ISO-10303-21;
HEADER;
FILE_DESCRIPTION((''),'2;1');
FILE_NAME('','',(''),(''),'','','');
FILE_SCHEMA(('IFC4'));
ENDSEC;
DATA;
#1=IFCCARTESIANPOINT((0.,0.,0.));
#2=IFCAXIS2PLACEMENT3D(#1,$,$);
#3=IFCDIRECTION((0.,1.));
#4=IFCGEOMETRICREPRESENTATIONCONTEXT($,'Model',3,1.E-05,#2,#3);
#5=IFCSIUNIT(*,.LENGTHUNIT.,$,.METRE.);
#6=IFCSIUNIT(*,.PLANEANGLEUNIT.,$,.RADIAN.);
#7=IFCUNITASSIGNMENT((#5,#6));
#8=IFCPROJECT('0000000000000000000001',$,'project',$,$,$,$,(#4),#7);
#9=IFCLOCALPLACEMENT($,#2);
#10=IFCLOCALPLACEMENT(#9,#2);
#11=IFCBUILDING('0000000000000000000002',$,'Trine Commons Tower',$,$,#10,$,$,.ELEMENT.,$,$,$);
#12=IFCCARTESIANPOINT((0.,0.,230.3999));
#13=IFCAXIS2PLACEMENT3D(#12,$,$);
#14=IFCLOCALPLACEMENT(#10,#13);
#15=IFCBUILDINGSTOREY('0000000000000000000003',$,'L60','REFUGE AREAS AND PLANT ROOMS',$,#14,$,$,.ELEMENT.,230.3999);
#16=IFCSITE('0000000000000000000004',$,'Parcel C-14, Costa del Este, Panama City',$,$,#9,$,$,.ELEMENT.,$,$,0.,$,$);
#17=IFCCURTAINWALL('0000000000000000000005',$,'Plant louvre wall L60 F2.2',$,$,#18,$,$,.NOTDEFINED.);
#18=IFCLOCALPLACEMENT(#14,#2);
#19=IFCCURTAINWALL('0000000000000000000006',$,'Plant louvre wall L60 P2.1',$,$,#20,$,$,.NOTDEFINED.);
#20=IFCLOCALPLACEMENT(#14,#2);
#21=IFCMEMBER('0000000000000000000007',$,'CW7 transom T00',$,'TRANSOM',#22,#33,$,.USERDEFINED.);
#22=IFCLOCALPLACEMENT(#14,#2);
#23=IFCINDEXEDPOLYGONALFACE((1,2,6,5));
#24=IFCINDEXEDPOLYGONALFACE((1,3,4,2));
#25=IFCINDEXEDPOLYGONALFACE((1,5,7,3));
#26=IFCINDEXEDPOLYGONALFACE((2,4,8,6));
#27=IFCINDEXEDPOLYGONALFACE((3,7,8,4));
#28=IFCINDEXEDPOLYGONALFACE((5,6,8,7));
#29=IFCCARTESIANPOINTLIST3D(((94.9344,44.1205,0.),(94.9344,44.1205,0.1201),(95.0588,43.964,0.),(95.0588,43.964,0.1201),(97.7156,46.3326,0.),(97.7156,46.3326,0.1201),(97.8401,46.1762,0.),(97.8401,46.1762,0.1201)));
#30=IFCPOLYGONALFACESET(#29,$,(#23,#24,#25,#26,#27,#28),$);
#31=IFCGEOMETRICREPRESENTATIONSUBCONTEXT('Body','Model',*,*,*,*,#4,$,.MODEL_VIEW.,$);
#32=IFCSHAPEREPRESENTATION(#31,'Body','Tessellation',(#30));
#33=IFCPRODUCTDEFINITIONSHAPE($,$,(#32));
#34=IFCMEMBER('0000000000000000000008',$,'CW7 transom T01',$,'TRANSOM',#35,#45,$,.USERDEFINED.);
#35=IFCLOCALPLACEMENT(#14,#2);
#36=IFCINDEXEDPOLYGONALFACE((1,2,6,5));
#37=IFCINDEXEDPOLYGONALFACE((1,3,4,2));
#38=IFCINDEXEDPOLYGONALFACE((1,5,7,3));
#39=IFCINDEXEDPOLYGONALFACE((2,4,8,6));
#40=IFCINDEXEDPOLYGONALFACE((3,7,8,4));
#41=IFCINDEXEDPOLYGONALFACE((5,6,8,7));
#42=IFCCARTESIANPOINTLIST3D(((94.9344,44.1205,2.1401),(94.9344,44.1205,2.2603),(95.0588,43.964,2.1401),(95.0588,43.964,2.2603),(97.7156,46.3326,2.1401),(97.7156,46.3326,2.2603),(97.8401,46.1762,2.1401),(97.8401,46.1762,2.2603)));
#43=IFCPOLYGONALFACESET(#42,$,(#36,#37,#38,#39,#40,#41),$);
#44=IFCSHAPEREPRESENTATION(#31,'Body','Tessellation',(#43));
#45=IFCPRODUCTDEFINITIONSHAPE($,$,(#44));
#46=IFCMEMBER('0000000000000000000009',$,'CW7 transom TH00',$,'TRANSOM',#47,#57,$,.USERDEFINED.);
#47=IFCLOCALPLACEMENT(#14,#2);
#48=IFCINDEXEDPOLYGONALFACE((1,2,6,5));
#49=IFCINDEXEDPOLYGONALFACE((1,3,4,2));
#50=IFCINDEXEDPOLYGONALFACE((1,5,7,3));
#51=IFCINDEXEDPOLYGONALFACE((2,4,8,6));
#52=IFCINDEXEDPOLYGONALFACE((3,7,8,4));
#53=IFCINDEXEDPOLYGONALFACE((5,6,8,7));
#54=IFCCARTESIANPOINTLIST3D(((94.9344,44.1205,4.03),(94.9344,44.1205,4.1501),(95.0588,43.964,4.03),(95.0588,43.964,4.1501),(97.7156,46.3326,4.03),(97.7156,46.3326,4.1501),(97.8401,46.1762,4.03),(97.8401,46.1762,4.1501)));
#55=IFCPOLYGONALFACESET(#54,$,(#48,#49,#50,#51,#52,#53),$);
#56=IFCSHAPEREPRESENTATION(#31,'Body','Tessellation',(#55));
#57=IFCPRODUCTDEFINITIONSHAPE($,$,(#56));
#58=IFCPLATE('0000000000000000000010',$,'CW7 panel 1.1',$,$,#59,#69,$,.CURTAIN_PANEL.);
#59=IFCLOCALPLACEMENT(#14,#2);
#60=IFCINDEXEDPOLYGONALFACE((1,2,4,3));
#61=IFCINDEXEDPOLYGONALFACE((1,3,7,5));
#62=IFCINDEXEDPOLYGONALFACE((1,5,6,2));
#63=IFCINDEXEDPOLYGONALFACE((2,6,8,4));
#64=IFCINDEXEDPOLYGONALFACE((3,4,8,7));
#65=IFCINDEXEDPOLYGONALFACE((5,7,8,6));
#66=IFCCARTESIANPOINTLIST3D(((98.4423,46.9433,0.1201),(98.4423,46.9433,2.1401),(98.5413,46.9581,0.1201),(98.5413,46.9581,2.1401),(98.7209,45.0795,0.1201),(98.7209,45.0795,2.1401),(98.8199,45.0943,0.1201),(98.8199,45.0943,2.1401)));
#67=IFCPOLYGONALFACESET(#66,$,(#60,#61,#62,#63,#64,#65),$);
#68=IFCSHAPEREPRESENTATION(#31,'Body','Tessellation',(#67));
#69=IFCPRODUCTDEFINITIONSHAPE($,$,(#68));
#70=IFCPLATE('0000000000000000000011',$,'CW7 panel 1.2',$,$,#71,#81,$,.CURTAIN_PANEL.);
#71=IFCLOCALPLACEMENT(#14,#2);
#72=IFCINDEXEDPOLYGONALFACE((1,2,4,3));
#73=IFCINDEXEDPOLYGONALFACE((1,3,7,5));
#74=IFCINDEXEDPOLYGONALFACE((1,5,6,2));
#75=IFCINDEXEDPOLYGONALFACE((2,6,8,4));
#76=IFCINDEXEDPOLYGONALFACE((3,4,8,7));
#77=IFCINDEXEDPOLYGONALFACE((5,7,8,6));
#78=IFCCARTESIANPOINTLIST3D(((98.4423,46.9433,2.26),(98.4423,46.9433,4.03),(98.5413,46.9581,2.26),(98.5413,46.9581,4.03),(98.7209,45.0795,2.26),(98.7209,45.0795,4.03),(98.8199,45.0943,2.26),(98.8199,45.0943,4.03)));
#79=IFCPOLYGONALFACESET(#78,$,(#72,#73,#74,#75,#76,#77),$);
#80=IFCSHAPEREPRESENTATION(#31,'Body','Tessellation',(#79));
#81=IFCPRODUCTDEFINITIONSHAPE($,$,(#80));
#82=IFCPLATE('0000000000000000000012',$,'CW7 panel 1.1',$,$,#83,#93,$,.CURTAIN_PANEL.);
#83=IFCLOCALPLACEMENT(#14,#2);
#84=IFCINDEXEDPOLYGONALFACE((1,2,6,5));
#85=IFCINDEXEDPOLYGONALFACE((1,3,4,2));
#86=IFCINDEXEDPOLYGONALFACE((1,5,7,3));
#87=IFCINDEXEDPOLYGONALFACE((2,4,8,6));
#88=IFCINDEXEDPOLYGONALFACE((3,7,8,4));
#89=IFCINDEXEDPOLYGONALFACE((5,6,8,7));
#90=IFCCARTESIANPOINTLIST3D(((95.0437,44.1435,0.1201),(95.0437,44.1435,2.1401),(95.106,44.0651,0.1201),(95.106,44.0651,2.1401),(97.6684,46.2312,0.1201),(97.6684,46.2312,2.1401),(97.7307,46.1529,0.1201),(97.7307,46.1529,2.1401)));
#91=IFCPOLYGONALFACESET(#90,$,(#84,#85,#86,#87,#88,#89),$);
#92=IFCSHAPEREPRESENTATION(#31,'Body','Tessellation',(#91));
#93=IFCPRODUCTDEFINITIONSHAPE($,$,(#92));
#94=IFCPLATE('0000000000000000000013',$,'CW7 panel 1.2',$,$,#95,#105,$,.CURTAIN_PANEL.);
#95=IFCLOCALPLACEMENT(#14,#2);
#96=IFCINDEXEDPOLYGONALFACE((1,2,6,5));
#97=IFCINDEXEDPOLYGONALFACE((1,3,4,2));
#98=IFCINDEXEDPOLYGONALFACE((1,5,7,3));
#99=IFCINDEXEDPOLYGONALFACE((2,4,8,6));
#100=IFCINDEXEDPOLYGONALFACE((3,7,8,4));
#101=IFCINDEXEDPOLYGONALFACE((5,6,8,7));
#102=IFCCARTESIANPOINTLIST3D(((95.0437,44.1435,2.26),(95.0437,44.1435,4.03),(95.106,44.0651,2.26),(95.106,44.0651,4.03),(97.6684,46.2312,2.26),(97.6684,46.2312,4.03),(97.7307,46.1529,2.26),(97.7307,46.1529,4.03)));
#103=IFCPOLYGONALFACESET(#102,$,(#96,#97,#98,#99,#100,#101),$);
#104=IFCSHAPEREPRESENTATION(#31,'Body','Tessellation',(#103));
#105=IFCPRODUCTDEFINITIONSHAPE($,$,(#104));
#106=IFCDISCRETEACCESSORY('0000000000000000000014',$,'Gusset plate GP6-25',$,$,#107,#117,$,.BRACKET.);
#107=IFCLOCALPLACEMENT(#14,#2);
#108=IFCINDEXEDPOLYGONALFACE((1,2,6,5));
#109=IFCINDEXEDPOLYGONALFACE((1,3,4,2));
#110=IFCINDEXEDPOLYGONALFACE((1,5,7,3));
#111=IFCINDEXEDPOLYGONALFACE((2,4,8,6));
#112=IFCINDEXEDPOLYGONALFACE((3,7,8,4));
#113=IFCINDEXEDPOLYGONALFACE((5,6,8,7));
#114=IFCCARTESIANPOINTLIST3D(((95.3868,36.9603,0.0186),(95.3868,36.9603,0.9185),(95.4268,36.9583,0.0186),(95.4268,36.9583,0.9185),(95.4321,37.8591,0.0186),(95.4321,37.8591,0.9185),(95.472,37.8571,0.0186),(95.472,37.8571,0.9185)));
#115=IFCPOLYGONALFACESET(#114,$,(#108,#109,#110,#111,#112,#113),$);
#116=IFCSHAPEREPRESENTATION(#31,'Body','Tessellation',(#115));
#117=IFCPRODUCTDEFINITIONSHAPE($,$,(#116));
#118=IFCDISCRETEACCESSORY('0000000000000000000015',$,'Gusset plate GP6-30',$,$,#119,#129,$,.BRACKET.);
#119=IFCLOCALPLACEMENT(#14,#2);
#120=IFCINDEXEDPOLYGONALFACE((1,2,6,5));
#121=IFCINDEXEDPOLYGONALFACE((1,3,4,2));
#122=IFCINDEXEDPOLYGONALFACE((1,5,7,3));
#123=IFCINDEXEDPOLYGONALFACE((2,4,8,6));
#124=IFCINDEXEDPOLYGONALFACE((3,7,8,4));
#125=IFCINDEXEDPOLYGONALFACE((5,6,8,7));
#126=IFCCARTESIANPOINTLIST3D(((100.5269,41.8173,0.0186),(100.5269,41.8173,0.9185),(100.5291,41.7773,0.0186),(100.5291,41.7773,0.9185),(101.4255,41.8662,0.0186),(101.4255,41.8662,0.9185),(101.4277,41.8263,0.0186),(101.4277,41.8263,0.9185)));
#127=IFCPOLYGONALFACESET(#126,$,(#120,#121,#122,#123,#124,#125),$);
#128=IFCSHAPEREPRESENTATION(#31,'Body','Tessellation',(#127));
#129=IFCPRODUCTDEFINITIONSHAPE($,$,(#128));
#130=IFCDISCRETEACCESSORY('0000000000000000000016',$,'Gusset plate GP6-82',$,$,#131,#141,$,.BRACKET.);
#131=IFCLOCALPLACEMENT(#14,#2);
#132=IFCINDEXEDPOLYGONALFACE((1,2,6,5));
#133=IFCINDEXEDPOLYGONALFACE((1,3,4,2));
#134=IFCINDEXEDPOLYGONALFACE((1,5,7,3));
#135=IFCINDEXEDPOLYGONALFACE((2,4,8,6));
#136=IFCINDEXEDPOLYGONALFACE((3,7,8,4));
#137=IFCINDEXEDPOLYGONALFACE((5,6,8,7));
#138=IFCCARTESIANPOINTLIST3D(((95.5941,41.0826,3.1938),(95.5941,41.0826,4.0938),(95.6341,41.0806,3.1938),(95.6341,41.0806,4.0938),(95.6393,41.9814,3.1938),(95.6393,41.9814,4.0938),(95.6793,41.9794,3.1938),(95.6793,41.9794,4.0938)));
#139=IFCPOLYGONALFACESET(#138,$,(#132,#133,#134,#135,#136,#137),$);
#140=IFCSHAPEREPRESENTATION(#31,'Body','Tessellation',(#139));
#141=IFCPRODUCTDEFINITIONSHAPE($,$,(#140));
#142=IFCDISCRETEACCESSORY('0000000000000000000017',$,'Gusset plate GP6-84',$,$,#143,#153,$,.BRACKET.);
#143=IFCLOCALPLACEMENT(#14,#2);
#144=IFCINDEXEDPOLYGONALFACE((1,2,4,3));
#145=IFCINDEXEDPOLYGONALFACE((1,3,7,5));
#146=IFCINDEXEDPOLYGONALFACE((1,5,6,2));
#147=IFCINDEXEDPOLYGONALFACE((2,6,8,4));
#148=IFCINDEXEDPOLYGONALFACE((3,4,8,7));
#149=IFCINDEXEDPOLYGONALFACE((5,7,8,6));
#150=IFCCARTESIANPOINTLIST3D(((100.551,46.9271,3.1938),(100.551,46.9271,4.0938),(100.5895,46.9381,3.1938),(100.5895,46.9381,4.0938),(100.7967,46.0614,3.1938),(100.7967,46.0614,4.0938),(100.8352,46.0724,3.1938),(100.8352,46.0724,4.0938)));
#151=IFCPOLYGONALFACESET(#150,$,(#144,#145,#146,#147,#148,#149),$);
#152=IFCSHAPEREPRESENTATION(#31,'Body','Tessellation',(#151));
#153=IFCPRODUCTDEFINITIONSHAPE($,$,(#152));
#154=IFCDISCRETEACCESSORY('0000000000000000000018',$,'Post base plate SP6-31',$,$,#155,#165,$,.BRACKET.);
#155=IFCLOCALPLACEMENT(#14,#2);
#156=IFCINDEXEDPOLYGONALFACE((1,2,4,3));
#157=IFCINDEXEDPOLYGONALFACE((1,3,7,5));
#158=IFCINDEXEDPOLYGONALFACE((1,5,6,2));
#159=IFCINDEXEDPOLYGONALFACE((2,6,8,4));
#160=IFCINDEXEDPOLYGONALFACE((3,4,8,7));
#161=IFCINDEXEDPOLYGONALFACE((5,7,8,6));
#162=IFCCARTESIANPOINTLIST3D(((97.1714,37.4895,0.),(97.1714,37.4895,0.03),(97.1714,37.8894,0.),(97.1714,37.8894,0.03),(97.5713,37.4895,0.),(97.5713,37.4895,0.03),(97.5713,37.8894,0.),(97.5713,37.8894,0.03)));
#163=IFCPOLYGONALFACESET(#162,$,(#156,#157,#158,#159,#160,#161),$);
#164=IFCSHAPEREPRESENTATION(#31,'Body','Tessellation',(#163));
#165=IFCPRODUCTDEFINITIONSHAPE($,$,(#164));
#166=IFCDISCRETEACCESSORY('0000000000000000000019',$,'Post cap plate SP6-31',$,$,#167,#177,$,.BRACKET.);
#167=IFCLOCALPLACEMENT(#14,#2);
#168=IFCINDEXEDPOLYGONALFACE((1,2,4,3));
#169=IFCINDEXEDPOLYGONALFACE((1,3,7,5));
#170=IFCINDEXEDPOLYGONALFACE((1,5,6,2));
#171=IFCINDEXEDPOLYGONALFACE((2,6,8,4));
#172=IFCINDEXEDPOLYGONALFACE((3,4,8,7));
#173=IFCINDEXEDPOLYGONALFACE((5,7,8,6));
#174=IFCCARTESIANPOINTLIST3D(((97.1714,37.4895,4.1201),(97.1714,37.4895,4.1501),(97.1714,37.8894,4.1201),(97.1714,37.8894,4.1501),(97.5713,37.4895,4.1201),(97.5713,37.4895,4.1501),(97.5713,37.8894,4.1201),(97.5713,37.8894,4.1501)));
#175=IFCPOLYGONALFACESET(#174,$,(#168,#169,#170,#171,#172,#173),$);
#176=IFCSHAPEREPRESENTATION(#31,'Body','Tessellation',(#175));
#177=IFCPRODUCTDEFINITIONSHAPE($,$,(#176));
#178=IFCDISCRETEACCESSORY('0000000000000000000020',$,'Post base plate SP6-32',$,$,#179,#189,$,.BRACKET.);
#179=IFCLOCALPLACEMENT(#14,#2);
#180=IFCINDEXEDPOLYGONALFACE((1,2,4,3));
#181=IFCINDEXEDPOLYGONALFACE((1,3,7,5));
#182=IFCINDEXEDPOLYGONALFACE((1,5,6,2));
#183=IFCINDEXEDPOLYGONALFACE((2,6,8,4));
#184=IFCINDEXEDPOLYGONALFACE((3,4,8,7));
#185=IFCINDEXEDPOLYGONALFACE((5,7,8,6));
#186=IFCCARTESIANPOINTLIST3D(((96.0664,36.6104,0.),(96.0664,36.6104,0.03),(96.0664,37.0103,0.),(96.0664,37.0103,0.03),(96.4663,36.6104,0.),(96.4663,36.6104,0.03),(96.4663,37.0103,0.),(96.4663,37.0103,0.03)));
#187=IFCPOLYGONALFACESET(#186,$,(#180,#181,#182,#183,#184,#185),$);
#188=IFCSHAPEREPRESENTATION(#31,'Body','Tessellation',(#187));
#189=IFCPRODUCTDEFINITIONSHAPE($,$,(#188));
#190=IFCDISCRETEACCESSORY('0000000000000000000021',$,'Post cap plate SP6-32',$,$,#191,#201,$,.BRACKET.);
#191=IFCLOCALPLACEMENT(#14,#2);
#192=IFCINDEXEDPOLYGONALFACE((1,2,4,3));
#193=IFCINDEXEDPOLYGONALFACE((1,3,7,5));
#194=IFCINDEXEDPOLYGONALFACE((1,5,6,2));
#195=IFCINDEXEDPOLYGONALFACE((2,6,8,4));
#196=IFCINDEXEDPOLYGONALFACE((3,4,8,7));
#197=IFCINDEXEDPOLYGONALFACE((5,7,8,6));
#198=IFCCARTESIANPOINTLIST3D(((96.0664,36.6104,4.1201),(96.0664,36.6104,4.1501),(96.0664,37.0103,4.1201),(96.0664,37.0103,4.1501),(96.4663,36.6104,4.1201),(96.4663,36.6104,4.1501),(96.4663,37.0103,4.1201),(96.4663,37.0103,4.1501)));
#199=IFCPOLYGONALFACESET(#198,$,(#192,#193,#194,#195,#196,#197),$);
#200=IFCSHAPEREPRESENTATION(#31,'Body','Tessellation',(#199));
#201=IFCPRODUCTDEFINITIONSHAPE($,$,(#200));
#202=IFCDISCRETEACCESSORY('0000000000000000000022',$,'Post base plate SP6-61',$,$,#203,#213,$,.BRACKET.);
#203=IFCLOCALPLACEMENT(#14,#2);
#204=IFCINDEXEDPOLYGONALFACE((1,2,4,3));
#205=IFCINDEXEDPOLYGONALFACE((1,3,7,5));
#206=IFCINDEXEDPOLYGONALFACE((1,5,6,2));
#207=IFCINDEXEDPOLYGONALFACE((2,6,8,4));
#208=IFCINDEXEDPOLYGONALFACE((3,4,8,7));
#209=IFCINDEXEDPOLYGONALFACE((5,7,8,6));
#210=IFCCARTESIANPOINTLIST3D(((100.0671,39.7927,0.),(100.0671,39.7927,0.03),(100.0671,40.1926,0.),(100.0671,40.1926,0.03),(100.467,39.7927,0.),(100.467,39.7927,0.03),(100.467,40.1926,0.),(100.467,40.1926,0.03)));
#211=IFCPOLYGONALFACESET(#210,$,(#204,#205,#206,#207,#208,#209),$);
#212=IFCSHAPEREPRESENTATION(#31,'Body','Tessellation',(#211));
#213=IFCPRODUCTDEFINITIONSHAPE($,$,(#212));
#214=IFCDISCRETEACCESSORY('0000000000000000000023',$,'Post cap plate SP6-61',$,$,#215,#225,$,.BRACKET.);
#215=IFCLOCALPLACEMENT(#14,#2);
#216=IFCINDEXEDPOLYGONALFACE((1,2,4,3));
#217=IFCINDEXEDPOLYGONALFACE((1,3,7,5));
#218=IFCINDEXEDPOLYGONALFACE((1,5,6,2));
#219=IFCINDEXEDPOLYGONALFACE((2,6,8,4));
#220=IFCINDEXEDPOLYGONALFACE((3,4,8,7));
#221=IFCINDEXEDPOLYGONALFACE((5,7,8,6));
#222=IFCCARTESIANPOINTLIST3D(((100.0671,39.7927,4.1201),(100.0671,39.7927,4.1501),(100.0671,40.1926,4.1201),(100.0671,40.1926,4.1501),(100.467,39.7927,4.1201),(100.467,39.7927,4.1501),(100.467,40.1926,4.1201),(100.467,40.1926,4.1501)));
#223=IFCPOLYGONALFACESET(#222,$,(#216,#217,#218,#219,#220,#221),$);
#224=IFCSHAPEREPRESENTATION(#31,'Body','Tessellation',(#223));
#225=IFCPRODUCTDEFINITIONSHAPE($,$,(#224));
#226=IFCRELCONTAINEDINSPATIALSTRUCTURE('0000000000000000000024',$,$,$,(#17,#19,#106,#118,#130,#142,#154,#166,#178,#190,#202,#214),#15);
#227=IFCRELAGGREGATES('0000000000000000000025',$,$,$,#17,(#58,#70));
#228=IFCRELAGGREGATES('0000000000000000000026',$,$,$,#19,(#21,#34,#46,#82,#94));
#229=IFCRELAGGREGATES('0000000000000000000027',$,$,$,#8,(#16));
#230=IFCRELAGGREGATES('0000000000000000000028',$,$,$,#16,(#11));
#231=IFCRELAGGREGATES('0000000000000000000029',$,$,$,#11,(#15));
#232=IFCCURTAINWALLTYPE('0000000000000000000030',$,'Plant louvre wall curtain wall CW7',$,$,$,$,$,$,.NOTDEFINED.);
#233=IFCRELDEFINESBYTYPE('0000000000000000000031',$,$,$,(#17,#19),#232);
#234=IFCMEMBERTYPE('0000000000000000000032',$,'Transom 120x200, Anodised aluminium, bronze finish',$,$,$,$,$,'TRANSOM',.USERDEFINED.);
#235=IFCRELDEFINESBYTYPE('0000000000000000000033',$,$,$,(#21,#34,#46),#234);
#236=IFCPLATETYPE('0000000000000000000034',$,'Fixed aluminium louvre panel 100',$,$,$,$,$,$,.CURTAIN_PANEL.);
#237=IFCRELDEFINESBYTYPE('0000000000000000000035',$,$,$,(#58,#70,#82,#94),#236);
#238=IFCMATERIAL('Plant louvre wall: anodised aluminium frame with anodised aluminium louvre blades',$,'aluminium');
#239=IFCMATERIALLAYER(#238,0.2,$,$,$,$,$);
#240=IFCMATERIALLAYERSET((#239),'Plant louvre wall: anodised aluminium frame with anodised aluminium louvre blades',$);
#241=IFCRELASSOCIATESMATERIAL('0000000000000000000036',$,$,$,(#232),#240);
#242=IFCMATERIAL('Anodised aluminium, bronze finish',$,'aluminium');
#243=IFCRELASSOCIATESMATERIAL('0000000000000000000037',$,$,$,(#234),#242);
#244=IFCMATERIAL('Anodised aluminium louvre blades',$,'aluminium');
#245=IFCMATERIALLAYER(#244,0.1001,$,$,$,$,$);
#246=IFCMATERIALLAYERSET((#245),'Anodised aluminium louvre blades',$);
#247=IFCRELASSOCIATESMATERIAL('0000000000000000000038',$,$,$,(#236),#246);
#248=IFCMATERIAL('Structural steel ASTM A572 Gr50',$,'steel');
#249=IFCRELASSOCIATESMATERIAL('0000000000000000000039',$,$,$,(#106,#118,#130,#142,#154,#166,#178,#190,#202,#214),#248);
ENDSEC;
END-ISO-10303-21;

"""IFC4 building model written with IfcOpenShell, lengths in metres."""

from ifc_helpers import new_model, si_unit, direction, frame, origin, origin_2d, place, context, subcontext, project, spatial, rectangle, extrude, material, layer, layer_set, material_profile, profile_set, type_object, element, aggregate, save


model = new_model("IFC4")

# Units and contexts
model_context = context("Model", 3, precision=1e-05, world=origin(), true_north=direction((0.0, 1.0)))
body_context = subcontext(model_context, "Body", "Model", "MODEL_VIEW")
ifc_project = project(units=[si_unit("LENGTHUNIT", "METRE"), si_unit("PLANEANGLEUNIT", "RADIAN")], contexts=[model_context])

# Site, building, storey
site_placement = place(None, origin())
site = spatial("IfcSite", under=ifc_project, at=site_placement, Name="Parcel C-14, Costa del Este, Panama City", CompositionType="ELEMENT", RefElevation=0.0)
building_placement = place(site_placement, origin())
building = spatial("IfcBuilding", under=site, at=building_placement, Name="Trine Commons Tower", CompositionType="ELEMENT")
storey_placement = place(building_placement, frame((0.0, 0.0, 230.3999)))
storey = spatial("IfcBuildingStorey", under=building, at=storey_placement, Name="L60", Description="REFUGE AREAS AND PLANT ROOMS", CompositionType="ELEMENT", Elevation=230.3999)

# Curtain walls
ifc_material_1 = material(Name="Plant louvre wall: anodised aluminium frame with anodised aluminium louvre blades", Category="aluminium")
ifc_layer_1 = layer(ifc_material_1, 0.2)
ifc_layer_set_1 = layer_set([ifc_layer_1], Name="Plant louvre wall: anodised aluminium frame with anodised aluminium louvre blades")
curtain_wall_type = type_object("IfcCurtainWallType", Name="Plant louvre wall curtain wall CW7", PredefinedType="NOTDEFINED", material=ifc_layer_set_1)
curtain_wall_1_placement = place(storey_placement, origin())
curtain_wall_1 = element("IfcCurtainWall", 1, at=curtain_wall_1_placement, inside=storey, type_object=curtain_wall_type, Name="Plant louvre wall L60 F2.2", PredefinedType="NOTDEFINED")
ifc_material_2 = material(Name="Anodised aluminium, bronze finish", Category="aluminium")
curtain_wall_2_placement = place(storey_placement, origin())
curtain_wall_2 = element("IfcCurtainWall", 2, at=curtain_wall_2_placement, inside=storey, type_object=curtain_wall_type, Name="Plant louvre wall L60 P2.1", PredefinedType="NOTDEFINED")

# Members
ifc_material_profile_1 = material_profile(ifc_material_2, rectangle(XDim=0.2, YDim=0.1201, at=origin_2d()), Name="Transom 120x200")
ifc_profile_set_1 = profile_set([ifc_material_profile_1], Name="Anodised aluminium, bronze finish")
member_type_1 = type_object("IfcMemberType", Name="Transom 120x200, Anodised aluminium, bronze finish", ElementType="TRANSOM", PredefinedType="USERDEFINED", material=ifc_profile_set_1)
member_1_placement = place(storey_placement, frame((97.7778, 46.2544, 0.0601), z_axis=(-0.782628, -0.622489, 0.0), x_axis=(0.622489, -0.782628, 0.0)))
member_1 = element("IfcMember", 3, at=member_1_placement, type_object=member_type_1, Name="CW7 transom T00", ObjectType="TRANSOM", PredefinedType="USERDEFINED", context=body_context, shape_type="SweptSolid", body=[
    extrude(rectangle(XDim=0.2, YDim=0.1201, at=origin_2d()), origin(), (0.0, 0.0, 1.0), 3.5537),
])
member_2_placement = place(storey_placement, frame((97.7778, 46.2544, 2.2002), z_axis=(-0.782628, -0.622489, 0.0), x_axis=(0.622489, -0.782628, 0.0)))
member_2 = element("IfcMember", 4, at=member_2_placement, type_object=member_type_1, Name="CW7 transom T01", ObjectType="TRANSOM", PredefinedType="USERDEFINED", context=body_context, shape_type="SweptSolid", body=[
    extrude(rectangle(XDim=0.2, YDim=0.1201, at=origin_2d()), origin(), (0.0, 0.0, 1.0), 3.5537),
])
member_3_placement = place(storey_placement, frame((97.7778, 46.2544, 4.0901), z_axis=(-0.782628, -0.622489, 0.0), x_axis=(0.622489, -0.782628, 0.0)))
member_3 = element("IfcMember", 5, at=member_3_placement, type_object=member_type_1, Name="CW7 transom TH00", ObjectType="TRANSOM", PredefinedType="USERDEFINED", context=body_context, shape_type="SweptSolid", body=[
    extrude(rectangle(XDim=0.2, YDim=0.1201, at=origin_2d()), origin(), (0.0, 0.0, 1.0), 3.5537),
])

# Plates
ifc_material_3 = material(Name="Anodised aluminium louvre blades", Category="aluminium")
ifc_layer_2 = layer(ifc_material_3, 0.1001)
ifc_layer_set_2 = layer_set([ifc_layer_2], Name="Anodised aluminium louvre blades")
plate_type = type_object("IfcPlateType", Name="Fixed aluminium louvre panel 100", PredefinedType="CURTAIN_PANEL", material=ifc_layer_set_2)
plate_1_placement = place(storey_placement, frame((98.6311, 46.0188, 0.1201), z_axis=(0.0, 0.0, 1.0), x_axis=(0.147809, -0.989016, 0.0)))
plate_1 = element("IfcPlate", 6, at=plate_1_placement, type_object=plate_type, Name="CW7 panel 1.1", PredefinedType="CURTAIN_PANEL", context=body_context, shape_type="SweptSolid", body=[
    extrude(rectangle(XDim=1.8845, YDim=0.1001, at=origin_2d()), origin(), (0.0, 0.0, 1.0), 2.02),
])
plate_2_placement = place(storey_placement, frame((98.6311, 46.0188, 2.26), z_axis=(0.0, 0.0, 1.0), x_axis=(0.147809, -0.989016, 0.0)))
plate_2 = element("IfcPlate", 7, at=plate_2_placement, type_object=plate_type, Name="CW7 panel 1.2", PredefinedType="CURTAIN_PANEL", context=body_context, shape_type="SweptSolid", body=[
    extrude(rectangle(XDim=1.8845, YDim=0.1001, at=origin_2d()), origin(), (0.0, 0.0, 1.0), 1.77),
])
aggregate(curtain_wall_1, [plate_1, plate_2])
plate_3_placement = place(storey_placement, frame((96.3872, 45.1482, 0.1201), z_axis=(0.0, 0.0, 1.0), x_axis=(-0.782608, -0.622515, 0.0)))
plate_3 = element("IfcPlate", 8, at=plate_3_placement, type_object=plate_type, Name="CW7 panel 1.1", PredefinedType="CURTAIN_PANEL", context=body_context, shape_type="SweptSolid", body=[
    extrude(rectangle(XDim=3.3538, YDim=0.1001, at=origin_2d()), origin(), (0.0, 0.0, 1.0), 2.02),
])
plate_4_placement = place(storey_placement, frame((96.3872, 45.1482, 2.26), z_axis=(0.0, 0.0, 1.0), x_axis=(-0.782608, -0.622515, 0.0)))
plate_4 = element("IfcPlate", 9, at=plate_4_placement, type_object=plate_type, Name="CW7 panel 1.2", PredefinedType="CURTAIN_PANEL", context=body_context, shape_type="SweptSolid", body=[
    extrude(rectangle(XDim=3.3538, YDim=0.1001, at=origin_2d()), origin(), (0.0, 0.0, 1.0), 1.77),
])
aggregate(curtain_wall_2, [member_1, member_2, member_3, plate_3, plate_4])

# Discrete accessories
ifc_material_4 = material(Name="Structural steel ASTM A572 Gr50", Category="steel")
for number, where, z_axis, x_axis, name in (
    (10, (95.4294, 37.4087, 0.0186), (0.0, 0.0, 1.0), (0.050244, 0.998737, 0.0), "Gusset plate GP6-25"),
    (11, (100.9773, 41.8218, 0.0186), (0.0, 0.0, 1.0), (-0.998521, -0.054375, 0.0), "Gusset plate GP6-30"),
    (12, (95.6367, 41.531, 3.1938), (0.0, 0.0, 1.0), (0.050244, 0.998737, 0.0), "Gusset plate GP6-82"),
    (13, (100.6931, 46.4998, 3.1938), (0.0, 0.0, 1.0), (0.273069, -0.961994, 0.0), "Gusset plate GP6-84"),
):
    element("IfcDiscreteAccessory", number, at=place(storey_placement, frame(where, z_axis=z_axis, x_axis=x_axis)), inside=storey, material=ifc_material_4, Name=name, PredefinedType="BRACKET", context=body_context, shape_type="SweptSolid", body=[
        extrude(rectangle(XDim=0.8999, YDim=0.04, at=origin_2d()), origin(), (0.0, 0.0, 1.0), 0.8999),
    ])
for number, where, z_axis, x_axis, name in (
    (14, (97.3713, 37.6895, 0.0), (0.0, 0.0, 1.0), (1.0, 0.0, 0.0), "Post base plate SP6-31"),
    (15, (97.3713, 37.6895, 4.1201), (0.0, 0.0, 1.0), (1.0, 0.0, 0.0), "Post cap plate SP6-31"),
    (16, (96.2664, 36.8103, 0.0), (0.0, 0.0, 1.0), (1.0, 0.0, 0.0), "Post base plate SP6-32"),
    (17, (96.2664, 36.8103, 4.1201), (0.0, 0.0, 1.0), (1.0, 0.0, 0.0), "Post cap plate SP6-32"),
    (18, (100.2671, 39.9927, 0.0), (0.0, 0.0, 1.0), (1.0, 0.0, 0.0), "Post base plate SP6-61"),
    (19, (100.2671, 39.9927, 4.1201), (0.0, 0.0, 1.0), (1.0, 0.0, 0.0), "Post cap plate SP6-61"),
):
    element("IfcDiscreteAccessory", number, at=place(storey_placement, frame(where, z_axis=z_axis, x_axis=x_axis)), inside=storey, material=ifc_material_4, Name=name, PredefinedType="BRACKET", context=body_context, shape_type="SweptSolid", body=[
        extrude(rectangle(XDim=0.3999, YDim=0.3999, at=origin_2d()), origin(), (0.0, 0.0, 1.0), 0.03),
    ])

save(model, "model.ifc")
